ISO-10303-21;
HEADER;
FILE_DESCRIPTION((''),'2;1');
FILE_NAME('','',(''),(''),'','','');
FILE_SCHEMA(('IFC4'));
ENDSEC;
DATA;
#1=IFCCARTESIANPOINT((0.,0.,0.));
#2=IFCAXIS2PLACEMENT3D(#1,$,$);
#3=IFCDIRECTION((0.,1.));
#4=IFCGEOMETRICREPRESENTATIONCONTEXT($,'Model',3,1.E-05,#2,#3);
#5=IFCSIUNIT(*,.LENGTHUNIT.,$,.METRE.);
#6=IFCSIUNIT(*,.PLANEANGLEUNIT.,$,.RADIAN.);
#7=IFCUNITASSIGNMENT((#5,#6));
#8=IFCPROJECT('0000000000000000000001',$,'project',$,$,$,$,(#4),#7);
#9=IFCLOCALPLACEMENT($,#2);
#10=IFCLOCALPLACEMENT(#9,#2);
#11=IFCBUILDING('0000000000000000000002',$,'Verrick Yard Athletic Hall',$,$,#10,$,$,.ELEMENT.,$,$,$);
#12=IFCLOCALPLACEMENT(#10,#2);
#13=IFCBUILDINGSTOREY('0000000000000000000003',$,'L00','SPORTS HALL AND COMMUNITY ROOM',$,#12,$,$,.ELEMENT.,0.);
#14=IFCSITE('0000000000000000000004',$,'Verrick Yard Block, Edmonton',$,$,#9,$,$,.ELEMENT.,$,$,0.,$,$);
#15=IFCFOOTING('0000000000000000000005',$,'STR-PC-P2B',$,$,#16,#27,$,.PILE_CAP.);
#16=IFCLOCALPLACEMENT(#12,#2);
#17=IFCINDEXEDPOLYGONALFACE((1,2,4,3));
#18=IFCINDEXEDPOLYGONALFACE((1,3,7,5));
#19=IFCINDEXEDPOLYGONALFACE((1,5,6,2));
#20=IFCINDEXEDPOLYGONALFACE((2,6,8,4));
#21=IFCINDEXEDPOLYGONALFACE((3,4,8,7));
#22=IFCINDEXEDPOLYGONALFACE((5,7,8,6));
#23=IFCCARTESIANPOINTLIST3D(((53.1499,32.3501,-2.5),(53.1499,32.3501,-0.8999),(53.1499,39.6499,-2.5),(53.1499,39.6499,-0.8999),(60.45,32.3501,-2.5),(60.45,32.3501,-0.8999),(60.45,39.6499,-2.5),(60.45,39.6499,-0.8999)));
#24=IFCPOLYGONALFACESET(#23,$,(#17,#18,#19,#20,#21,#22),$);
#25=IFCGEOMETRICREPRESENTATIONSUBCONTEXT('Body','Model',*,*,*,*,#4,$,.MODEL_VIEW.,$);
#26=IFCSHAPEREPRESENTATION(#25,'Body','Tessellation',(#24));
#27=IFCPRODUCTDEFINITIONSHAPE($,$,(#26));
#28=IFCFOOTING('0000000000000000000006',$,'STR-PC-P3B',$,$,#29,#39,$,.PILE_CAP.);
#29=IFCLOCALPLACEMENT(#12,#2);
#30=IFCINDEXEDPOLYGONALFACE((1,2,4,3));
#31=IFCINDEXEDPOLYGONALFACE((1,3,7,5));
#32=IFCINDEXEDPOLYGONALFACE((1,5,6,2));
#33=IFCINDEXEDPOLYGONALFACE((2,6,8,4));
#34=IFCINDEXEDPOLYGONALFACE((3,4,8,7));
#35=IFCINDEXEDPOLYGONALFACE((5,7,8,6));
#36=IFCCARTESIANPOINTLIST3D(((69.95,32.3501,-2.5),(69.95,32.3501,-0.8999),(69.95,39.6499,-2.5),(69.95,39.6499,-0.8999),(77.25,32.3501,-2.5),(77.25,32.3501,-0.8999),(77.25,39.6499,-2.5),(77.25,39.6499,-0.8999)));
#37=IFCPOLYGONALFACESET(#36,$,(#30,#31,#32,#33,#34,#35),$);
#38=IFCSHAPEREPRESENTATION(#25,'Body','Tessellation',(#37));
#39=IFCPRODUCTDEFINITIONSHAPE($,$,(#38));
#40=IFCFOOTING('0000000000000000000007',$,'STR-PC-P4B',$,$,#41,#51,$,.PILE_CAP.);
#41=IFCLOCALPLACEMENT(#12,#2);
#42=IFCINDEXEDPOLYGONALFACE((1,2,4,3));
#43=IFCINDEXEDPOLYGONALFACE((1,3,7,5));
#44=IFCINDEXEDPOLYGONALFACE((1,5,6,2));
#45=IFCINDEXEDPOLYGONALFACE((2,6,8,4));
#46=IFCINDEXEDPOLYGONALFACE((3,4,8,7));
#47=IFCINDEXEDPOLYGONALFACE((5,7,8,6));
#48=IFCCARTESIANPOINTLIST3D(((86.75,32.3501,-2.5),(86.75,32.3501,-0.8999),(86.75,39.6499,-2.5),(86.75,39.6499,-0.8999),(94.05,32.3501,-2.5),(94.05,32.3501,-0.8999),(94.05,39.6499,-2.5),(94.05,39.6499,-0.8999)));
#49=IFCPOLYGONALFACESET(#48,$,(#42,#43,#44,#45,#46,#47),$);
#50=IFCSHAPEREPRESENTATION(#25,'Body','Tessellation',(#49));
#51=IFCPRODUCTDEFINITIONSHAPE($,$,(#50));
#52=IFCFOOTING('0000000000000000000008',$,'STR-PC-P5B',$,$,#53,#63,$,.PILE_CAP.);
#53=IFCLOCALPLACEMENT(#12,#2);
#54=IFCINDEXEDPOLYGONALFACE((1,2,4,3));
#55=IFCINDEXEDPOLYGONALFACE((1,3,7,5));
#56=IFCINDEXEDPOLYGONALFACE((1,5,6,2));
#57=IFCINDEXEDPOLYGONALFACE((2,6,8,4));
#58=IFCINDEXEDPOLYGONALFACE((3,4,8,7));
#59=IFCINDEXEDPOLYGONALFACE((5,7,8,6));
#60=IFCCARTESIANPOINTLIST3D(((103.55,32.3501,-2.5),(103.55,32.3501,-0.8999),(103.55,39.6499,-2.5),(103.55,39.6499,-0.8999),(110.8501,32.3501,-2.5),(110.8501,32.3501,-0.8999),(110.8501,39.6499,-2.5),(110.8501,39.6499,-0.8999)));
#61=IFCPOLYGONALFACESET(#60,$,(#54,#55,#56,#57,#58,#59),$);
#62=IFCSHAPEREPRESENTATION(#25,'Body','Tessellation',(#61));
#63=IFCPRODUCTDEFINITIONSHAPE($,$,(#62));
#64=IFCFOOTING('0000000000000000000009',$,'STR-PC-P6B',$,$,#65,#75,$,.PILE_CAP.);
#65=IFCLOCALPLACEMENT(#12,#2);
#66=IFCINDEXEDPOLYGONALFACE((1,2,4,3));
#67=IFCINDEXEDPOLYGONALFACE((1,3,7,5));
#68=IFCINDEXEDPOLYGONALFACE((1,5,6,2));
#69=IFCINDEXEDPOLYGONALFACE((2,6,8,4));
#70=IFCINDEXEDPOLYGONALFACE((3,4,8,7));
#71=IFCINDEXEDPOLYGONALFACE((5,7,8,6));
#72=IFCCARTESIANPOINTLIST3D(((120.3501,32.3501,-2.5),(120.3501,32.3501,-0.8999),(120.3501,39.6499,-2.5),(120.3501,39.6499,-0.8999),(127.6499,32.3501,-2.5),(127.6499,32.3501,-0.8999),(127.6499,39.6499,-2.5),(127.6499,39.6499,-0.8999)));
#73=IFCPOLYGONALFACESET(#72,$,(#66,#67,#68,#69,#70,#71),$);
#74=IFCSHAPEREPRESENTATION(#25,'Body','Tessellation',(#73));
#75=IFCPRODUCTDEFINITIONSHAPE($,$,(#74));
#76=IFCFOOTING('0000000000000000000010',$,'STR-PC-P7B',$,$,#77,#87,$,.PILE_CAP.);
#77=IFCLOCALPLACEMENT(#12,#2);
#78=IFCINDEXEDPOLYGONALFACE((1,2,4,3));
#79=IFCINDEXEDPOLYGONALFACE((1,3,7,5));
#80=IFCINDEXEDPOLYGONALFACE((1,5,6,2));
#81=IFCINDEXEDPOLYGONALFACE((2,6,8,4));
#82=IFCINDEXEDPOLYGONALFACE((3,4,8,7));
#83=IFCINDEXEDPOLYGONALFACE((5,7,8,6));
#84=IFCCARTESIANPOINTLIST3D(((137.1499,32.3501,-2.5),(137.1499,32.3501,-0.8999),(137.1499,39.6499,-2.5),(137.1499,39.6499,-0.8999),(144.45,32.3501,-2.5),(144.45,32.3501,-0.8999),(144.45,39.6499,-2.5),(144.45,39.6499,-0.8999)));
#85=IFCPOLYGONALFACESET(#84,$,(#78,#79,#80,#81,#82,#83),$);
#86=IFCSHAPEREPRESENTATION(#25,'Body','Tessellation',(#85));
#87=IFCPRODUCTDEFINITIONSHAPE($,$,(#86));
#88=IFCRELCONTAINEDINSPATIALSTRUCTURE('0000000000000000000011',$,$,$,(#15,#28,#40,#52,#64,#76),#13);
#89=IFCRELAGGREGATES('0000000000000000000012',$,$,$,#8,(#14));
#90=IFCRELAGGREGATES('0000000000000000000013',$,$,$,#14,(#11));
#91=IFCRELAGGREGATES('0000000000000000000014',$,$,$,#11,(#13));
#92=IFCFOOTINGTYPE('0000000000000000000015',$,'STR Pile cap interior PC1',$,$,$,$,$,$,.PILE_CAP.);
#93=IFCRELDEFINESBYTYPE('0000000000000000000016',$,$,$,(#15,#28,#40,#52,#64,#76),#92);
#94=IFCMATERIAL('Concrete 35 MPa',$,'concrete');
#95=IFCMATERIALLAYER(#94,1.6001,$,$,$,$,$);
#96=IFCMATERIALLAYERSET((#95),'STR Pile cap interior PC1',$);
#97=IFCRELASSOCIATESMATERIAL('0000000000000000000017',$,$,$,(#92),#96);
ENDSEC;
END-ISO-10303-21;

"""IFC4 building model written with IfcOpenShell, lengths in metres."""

from ifc_helpers import new_model, si_unit, direction, frame, origin, place, context, subcontext, project, spatial, polyline, outline, extrude, material, layer, layer_set, type_object, element, save


model = new_model("IFC4")

# Units and contexts
model_context = context("Model", 3, precision=1e-05, world=origin(), true_north=direction((0.0, 1.0)))
body_context = subcontext(model_context, "Body", "Model", "MODEL_VIEW")
ifc_project = project(units=[si_unit("LENGTHUNIT", "METRE"), si_unit("PLANEANGLEUNIT", "RADIAN")], contexts=[model_context])

# Site, building, storey
site_placement = place(None, origin())
site = spatial("IfcSite", under=ifc_project, at=site_placement, Name="Verrick Yard Block, Edmonton", CompositionType="ELEMENT", RefElevation=0.0)
building_placement = place(site_placement, origin())
building = spatial("IfcBuilding", under=site, at=building_placement, Name="Verrick Yard Athletic Hall", CompositionType="ELEMENT")
storey_placement = place(building_placement, origin())
storey = spatial("IfcBuildingStorey", under=building, at=storey_placement, Name="L00", Description="SPORTS HALL AND COMMUNITY ROOM", CompositionType="ELEMENT", Elevation=0.0)

# Footings
ifc_material = material(Name="Concrete 35 MPa", Category="concrete")
ifc_layer_1 = layer(ifc_material, 1.6001)
ifc_layer_set_1 = layer_set([ifc_layer_1], Name="STR Pile cap interior PC1")
footing_type_1 = type_object("IfcFootingType", Name="STR Pile cap interior PC1", PredefinedType="PILE_CAP", material=ifc_layer_set_1)
footing_1_placement = place(storey_placement, frame((0.0, 0.0, -2.5)))
element("IfcFooting", 1, at=footing_1_placement, inside=storey, type_object=footing_type_1, Name="STR-PC-P2B", PredefinedType="PILE_CAP", context=body_context, shape_type="SweptSolid", body=[
    extrude(outline(polyline([(53.1499, 32.3501), (60.45, 32.3501), (60.45, 39.6499), (53.1499, 39.6499), (53.1499, 32.3501)])), origin(), (0.0, 0.0, 1.0), 1.6001),
])
footing_2_placement = place(storey_placement, frame((0.0, 0.0, -2.5)))
element("IfcFooting", 2, at=footing_2_placement, inside=storey, type_object=footing_type_1, Name="STR-PC-P3B", PredefinedType="PILE_CAP", context=body_context, shape_type="SweptSolid", body=[
    extrude(outline(polyline([(69.95, 32.3501), (77.25, 32.3501), (77.25, 39.6499), (69.95, 39.6499), (69.95, 32.3501)])), origin(), (0.0, 0.0, 1.0), 1.6001),
])
footing_3_placement = place(storey_placement, frame((0.0, 0.0, -2.5)))
element("IfcFooting", 3, at=footing_3_placement, inside=storey, type_object=footing_type_1, Name="STR-PC-P4B", PredefinedType="PILE_CAP", context=body_context, shape_type="SweptSolid", body=[
    extrude(outline(polyline([(86.75, 32.3501), (94.05, 32.3501), (94.05, 39.6499), (86.75, 39.6499), (86.75, 32.3501)])), origin(), (0.0, 0.0, 1.0), 1.6001),
])
footing_4_placement = place(storey_placement, frame((0.0, 0.0, -2.5)))
element("IfcFooting", 4, at=footing_4_placement, inside=storey, type_object=footing_type_1, Name="STR-PC-P5B", PredefinedType="PILE_CAP", context=body_context, shape_type="SweptSolid", body=[
    extrude(outline(polyline([(103.55, 32.3501), (110.8501, 32.3501), (110.8501, 39.6499), (103.55, 39.6499), (103.55, 32.3501)])), origin(), (0.0, 0.0, 1.0), 1.6001),
])
footing_5_placement = place(storey_placement, frame((0.0, 0.0, -2.5)))
element("IfcFooting", 5, at=footing_5_placement, inside=storey, type_object=footing_type_1, Name="STR-PC-P6B", PredefinedType="PILE_CAP", context=body_context, shape_type="SweptSolid", body=[
    extrude(outline(polyline([(120.3501, 32.3501), (127.6499, 32.3501), (127.6499, 39.6499), (120.3501, 39.6499), (120.3501, 32.3501)])), origin(), (0.0, 0.0, 1.0), 1.6001),
])
footing_6_placement = place(storey_placement, frame((0.0, 0.0, -2.5)))
element("IfcFooting", 6, at=footing_6_placement, inside=storey, type_object=footing_type_1, Name="STR-PC-P7B", PredefinedType="PILE_CAP", context=body_context, shape_type="SweptSolid", body=[
    extrude(outline(polyline([(137.1499, 32.3501), (144.45, 32.3501), (144.45, 39.6499), (137.1499, 39.6499), (137.1499, 32.3501)])), origin(), (0.0, 0.0, 1.0), 1.6001),
])

save(model, "model.ifc")
